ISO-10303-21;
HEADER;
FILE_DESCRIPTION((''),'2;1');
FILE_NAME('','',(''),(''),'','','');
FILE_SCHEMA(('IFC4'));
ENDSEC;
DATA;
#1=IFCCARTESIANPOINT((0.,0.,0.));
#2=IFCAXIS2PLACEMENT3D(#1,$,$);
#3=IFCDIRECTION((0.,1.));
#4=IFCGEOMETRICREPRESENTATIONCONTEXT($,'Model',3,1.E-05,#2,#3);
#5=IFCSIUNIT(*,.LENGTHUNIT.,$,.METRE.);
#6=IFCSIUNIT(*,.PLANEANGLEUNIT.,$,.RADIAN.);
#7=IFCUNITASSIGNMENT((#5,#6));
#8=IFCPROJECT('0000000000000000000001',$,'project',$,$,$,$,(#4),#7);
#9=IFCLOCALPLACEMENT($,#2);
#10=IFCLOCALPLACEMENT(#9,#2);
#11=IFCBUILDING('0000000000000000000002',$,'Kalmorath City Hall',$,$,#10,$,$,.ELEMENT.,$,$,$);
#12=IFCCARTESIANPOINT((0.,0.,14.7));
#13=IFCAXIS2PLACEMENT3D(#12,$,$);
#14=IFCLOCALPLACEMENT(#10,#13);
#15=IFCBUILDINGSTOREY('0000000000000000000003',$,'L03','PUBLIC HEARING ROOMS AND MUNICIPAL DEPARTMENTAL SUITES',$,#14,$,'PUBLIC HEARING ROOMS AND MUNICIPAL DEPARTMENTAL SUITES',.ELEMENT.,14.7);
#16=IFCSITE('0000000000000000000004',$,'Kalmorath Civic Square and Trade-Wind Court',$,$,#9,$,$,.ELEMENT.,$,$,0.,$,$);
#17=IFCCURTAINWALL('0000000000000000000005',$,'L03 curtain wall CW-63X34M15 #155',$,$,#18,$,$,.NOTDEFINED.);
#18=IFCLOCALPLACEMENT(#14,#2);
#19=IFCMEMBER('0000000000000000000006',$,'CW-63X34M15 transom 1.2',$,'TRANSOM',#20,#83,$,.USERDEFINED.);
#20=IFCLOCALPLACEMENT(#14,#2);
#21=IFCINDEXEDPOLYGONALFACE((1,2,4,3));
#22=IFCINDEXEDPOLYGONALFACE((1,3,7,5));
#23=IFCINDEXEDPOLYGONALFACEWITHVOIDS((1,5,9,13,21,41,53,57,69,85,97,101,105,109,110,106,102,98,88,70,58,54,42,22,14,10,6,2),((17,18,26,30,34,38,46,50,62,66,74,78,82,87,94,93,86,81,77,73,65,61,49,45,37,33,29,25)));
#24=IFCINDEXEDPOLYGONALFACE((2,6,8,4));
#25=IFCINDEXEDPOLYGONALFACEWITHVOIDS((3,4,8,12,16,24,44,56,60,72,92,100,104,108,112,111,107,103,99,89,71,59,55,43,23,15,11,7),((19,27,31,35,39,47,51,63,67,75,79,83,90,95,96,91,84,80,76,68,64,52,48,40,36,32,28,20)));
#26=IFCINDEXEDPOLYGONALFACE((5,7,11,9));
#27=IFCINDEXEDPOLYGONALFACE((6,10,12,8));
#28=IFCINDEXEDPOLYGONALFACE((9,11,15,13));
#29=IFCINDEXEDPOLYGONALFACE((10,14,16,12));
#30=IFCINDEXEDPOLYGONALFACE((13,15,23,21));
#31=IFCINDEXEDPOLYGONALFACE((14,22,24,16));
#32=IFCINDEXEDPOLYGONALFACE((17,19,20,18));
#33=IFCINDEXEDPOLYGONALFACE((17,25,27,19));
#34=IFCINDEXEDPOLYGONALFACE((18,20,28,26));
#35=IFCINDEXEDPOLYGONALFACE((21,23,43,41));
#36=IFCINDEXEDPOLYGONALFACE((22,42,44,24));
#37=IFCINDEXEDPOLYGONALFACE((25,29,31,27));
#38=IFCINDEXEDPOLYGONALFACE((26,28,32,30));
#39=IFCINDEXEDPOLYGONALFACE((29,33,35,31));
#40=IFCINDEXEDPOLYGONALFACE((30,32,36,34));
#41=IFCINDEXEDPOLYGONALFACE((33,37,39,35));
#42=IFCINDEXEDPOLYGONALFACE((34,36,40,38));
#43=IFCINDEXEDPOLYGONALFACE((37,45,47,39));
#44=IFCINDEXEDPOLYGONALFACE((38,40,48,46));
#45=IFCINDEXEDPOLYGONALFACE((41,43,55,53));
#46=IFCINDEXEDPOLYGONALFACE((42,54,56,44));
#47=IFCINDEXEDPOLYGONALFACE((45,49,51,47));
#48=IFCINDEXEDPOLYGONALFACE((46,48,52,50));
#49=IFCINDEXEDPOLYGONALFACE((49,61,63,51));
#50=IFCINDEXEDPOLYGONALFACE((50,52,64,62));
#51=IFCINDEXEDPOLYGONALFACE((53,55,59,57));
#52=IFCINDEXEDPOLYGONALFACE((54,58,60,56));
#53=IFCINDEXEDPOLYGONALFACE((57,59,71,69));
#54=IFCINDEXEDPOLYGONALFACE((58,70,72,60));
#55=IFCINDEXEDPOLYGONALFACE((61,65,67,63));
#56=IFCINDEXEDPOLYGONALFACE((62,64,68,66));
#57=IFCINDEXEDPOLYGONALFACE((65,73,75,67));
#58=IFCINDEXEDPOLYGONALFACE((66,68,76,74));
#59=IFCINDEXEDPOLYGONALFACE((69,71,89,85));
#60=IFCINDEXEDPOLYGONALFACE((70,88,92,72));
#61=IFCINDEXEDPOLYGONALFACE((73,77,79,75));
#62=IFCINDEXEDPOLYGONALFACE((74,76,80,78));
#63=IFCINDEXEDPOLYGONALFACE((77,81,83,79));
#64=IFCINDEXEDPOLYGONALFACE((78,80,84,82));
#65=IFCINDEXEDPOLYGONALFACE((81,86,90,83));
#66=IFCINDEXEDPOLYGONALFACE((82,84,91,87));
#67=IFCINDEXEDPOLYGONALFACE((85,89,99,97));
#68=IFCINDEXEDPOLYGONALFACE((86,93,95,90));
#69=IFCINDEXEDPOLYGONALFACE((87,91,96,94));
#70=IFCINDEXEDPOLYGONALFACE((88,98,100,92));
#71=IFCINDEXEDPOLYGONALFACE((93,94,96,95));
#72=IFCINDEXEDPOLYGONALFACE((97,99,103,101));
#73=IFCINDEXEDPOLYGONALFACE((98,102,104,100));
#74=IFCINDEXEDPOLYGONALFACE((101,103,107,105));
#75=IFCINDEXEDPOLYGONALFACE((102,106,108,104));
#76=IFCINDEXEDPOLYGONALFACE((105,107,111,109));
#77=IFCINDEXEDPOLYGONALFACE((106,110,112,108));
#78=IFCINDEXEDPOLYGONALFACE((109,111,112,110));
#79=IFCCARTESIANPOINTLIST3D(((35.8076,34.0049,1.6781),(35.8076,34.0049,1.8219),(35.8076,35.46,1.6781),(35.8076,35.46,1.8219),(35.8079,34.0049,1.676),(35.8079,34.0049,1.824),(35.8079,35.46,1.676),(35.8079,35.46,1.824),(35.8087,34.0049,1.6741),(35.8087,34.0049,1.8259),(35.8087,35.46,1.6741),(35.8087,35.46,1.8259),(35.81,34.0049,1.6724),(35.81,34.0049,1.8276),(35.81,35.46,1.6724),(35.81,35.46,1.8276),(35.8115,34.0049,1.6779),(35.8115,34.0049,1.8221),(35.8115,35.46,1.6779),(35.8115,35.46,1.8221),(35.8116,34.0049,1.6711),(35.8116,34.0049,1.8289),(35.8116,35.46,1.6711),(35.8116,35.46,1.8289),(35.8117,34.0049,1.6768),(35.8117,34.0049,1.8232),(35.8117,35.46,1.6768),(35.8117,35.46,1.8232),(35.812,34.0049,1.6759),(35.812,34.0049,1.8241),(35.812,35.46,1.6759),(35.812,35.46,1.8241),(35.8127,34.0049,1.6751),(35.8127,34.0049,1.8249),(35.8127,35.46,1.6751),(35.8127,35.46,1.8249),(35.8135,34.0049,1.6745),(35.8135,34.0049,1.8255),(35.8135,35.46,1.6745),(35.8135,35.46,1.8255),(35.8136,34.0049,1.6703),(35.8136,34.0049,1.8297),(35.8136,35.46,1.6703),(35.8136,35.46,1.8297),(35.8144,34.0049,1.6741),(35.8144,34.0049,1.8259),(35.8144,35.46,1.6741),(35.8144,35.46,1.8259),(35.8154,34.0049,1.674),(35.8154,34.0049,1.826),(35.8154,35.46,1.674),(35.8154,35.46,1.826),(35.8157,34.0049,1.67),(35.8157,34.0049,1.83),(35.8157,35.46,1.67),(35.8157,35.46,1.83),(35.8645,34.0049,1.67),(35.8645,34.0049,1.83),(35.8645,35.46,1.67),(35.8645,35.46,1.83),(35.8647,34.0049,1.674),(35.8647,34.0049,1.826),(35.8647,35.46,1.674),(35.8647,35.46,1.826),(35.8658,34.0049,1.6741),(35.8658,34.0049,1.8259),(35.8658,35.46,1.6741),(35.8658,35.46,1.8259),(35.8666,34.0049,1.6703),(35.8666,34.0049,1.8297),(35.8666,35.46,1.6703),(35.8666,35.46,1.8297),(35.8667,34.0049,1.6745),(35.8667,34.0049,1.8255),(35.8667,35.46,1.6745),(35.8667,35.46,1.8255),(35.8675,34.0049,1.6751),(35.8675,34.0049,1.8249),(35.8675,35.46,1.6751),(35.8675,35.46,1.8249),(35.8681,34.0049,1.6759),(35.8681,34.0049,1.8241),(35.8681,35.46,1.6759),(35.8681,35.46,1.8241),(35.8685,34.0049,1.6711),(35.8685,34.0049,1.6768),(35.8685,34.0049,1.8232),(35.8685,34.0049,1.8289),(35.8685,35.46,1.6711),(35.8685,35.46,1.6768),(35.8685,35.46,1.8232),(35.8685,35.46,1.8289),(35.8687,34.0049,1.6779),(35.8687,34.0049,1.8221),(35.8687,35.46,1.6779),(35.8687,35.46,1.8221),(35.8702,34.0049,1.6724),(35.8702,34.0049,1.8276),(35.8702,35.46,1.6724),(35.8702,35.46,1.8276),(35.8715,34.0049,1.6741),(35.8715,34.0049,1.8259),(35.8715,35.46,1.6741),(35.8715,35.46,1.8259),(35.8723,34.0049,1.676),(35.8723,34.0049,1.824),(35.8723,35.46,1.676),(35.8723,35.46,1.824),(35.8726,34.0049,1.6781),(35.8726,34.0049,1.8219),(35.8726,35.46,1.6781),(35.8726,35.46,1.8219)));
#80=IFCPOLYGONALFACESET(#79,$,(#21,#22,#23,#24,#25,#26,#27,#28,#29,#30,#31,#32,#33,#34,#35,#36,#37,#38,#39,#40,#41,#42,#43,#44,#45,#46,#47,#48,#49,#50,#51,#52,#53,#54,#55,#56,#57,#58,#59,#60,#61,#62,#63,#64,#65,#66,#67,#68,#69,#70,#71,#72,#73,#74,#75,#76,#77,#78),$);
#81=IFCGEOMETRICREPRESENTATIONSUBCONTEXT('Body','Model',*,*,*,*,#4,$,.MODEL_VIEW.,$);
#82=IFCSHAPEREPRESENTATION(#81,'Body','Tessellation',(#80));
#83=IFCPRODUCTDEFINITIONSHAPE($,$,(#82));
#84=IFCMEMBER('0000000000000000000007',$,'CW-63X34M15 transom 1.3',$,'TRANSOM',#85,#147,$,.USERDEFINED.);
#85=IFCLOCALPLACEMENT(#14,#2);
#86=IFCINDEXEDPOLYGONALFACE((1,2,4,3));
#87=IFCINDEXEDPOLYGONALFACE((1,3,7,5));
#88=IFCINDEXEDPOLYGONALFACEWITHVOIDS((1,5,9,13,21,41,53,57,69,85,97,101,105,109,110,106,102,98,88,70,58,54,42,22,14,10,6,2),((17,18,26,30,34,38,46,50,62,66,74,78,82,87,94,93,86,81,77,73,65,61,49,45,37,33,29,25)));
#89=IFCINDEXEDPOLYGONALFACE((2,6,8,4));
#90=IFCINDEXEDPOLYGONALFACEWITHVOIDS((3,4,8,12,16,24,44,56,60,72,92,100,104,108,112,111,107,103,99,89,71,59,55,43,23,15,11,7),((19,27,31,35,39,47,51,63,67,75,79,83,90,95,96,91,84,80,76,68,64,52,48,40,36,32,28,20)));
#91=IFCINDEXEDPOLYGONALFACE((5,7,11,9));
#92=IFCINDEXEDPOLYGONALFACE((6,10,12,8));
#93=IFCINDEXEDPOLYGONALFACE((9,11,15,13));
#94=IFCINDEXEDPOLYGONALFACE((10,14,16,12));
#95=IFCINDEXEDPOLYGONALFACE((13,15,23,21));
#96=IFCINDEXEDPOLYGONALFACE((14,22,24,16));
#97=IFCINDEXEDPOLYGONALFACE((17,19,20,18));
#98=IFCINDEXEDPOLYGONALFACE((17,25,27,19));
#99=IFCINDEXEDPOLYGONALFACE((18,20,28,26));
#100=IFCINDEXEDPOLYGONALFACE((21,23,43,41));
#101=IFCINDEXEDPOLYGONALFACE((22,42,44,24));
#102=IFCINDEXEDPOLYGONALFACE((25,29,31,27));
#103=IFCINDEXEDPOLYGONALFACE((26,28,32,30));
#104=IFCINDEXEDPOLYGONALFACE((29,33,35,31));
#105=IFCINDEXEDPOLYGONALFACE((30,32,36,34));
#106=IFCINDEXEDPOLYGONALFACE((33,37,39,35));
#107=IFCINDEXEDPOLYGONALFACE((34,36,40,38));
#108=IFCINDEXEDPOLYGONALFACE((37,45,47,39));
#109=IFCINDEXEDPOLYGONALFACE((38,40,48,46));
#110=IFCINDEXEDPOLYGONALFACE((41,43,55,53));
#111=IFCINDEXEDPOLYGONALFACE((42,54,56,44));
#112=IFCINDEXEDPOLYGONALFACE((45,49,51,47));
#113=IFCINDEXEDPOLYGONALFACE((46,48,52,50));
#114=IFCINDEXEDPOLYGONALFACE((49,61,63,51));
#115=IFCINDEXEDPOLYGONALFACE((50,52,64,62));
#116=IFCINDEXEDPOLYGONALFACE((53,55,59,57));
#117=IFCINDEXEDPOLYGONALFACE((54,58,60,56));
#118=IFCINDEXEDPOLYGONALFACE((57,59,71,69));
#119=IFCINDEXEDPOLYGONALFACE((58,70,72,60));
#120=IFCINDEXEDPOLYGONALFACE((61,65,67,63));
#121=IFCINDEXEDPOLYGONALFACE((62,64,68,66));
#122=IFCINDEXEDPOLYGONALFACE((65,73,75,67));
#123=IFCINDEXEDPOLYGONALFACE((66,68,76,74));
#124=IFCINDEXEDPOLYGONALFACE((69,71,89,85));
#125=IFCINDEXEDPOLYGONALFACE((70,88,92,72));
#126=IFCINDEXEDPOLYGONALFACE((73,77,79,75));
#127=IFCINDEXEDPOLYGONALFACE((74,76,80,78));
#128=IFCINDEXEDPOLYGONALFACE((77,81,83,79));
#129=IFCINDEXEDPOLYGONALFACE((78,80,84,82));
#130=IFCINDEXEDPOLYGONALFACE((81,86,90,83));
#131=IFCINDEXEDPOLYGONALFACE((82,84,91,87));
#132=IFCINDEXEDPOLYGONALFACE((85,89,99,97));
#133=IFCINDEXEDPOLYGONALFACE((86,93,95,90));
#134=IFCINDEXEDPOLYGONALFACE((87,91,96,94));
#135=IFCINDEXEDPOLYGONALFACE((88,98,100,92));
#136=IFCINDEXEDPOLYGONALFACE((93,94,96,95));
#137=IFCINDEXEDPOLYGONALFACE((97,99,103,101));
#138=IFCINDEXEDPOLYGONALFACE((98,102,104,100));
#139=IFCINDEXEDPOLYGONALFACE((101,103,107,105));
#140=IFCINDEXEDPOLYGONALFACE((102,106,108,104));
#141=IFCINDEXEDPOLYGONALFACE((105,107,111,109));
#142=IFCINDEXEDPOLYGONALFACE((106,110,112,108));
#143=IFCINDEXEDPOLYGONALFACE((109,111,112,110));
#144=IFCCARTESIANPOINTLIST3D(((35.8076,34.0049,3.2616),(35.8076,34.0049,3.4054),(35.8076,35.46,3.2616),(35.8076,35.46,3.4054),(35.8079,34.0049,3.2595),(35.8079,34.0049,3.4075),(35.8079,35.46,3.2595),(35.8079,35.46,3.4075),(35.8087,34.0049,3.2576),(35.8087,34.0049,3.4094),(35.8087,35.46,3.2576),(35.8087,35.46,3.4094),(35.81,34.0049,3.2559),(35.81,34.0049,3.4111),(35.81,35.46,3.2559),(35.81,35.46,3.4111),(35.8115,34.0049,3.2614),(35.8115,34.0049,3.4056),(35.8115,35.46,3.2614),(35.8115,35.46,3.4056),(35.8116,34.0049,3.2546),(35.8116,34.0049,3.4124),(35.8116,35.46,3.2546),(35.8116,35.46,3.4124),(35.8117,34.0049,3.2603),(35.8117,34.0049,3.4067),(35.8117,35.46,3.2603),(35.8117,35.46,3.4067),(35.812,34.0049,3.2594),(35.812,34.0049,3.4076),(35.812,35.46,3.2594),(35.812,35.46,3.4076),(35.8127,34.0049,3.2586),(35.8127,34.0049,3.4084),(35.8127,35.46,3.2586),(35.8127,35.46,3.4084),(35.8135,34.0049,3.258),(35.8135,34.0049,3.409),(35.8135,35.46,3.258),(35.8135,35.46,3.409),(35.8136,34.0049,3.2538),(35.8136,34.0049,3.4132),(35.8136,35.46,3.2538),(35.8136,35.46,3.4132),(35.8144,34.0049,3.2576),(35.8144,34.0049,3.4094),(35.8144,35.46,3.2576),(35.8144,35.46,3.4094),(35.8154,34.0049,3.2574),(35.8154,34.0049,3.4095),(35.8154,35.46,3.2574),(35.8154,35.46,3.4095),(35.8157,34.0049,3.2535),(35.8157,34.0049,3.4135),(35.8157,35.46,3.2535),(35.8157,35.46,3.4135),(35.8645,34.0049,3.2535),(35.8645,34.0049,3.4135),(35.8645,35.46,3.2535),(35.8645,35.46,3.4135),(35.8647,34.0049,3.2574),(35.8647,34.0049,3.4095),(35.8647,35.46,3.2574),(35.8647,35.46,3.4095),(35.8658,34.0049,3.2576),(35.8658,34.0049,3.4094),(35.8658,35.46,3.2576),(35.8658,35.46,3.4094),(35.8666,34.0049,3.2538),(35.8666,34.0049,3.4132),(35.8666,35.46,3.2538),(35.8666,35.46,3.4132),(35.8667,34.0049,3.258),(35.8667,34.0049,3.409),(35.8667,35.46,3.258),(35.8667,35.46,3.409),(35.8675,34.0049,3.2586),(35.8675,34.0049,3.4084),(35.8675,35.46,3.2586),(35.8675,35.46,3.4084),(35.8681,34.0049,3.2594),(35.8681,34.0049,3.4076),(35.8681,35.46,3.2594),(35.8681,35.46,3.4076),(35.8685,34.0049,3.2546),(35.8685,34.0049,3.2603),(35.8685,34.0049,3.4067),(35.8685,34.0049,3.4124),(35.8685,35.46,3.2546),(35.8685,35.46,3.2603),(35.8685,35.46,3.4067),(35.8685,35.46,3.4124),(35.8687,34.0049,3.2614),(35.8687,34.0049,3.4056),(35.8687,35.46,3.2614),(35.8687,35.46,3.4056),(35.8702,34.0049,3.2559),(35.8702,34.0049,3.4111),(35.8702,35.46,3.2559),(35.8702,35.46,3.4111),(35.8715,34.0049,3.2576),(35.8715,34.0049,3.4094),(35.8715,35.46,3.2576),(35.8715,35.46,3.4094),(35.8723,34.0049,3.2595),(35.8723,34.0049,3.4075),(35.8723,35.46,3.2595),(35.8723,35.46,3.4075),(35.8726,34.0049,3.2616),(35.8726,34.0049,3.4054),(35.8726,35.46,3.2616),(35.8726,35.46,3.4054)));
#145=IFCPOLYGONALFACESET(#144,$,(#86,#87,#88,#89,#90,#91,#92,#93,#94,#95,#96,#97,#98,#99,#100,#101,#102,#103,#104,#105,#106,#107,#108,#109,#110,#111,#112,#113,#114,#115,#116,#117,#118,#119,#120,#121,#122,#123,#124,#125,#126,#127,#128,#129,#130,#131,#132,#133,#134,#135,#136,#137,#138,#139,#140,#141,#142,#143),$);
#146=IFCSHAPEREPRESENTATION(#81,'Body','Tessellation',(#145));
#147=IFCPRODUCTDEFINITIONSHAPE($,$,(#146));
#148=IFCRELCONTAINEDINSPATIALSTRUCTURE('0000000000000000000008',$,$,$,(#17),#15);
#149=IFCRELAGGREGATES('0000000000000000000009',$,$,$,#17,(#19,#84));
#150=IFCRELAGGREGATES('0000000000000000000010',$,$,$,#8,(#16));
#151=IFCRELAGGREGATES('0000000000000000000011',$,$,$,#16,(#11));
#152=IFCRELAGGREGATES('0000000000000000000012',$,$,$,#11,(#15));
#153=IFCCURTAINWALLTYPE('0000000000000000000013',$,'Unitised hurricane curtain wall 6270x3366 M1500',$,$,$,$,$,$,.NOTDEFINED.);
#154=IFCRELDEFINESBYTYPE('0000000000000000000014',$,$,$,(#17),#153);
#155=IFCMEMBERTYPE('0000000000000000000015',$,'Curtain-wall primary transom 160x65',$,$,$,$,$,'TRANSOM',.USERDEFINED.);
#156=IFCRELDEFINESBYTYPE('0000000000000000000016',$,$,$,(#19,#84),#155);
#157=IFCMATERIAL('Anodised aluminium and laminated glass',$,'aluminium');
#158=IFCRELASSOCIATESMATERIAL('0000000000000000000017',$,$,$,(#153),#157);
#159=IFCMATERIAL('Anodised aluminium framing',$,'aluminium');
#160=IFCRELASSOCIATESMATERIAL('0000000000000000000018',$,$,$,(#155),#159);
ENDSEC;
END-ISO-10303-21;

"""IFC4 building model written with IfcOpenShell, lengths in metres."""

from ifc_helpers import new_model, si_unit, direction, frame, origin, origin_2d, place, context, subcontext, project, spatial, hollow_rectangle, extrude, material, material_profile, profile_set, type_object, element, aggregate, save


model = new_model("IFC4")

# Units and contexts
model_context = context("Model", 3, precision=1e-05, world=origin(), true_north=direction((0.0, 1.0)))
body_context = subcontext(model_context, "Body", "Model", "MODEL_VIEW")
ifc_project = project(units=[si_unit("LENGTHUNIT", "METRE"), si_unit("PLANEANGLEUNIT", "RADIAN")], contexts=[model_context])

# Site, building, storey
site_placement = place(None, origin())
site = spatial("IfcSite", under=ifc_project, at=site_placement, Name="Kalmorath Civic Square and Trade-Wind Court", CompositionType="ELEMENT", RefElevation=0.0)
building_placement = place(site_placement, origin())
building = spatial("IfcBuilding", under=site, at=building_placement, Name="Kalmorath City Hall", CompositionType="ELEMENT")
storey_placement = place(building_placement, frame((0.0, 0.0, 14.7)))
storey = spatial("IfcBuildingStorey", under=building, at=storey_placement, Name="L03", Description="PUBLIC HEARING ROOMS AND MUNICIPAL DEPARTMENTAL SUITES", LongName="PUBLIC HEARING ROOMS AND MUNICIPAL DEPARTMENTAL SUITES", CompositionType="ELEMENT", Elevation=14.7)

# Curtain wall, members
ifc_material_1 = material(Name="Anodised aluminium and laminated glass", Category="aluminium")
curtain_wall_type = type_object("IfcCurtainWallType", Name="Unitised hurricane curtain wall 6270x3366 M1500", PredefinedType="NOTDEFINED", material=ifc_material_1)
curtain_wall_placement = place(storey_placement, origin())
curtain_wall = element("IfcCurtainWall", 1, at=curtain_wall_placement, inside=storey, type_object=curtain_wall_type, Name="L03 curtain wall CW-63X34M15 #155", PredefinedType="NOTDEFINED")
ifc_material_2 = material(Name="Anodised aluminium framing", Category="aluminium")
ifc_material_profile_1 = material_profile(ifc_material_2, hollow_rectangle(XDim=0.0649, YDim=0.1599, WallThickness=0.0039, InnerFilletRadius=0.0039, OuterFilletRadius=0.0081, at=origin_2d()), Name="ALU-TRN-160X65X4")
ifc_profile_set_1 = profile_set([ifc_material_profile_1], Name="Anodised aluminium framing")
member_type_1 = type_object("IfcMemberType", Name="Curtain-wall primary transom 160x65", ElementType="TRANSOM", PredefinedType="USERDEFINED", material=ifc_profile_set_1)
member_1_placement = place(storey_placement, frame((35.8401, 35.46, 1.75), z_axis=(0.0, -1.0, 0.0), x_axis=(1.0, 0.0, 0.0)))
member_1 = element("IfcMember", 2, at=member_1_placement, type_object=member_type_1, Name="CW-63X34M15 transom 1.2", ObjectType="TRANSOM", PredefinedType="USERDEFINED", context=body_context, shape_type="SweptSolid", body=[
    extrude(hollow_rectangle(XDim=0.0649, YDim=0.1599, WallThickness=0.0039, InnerFilletRadius=0.0039, OuterFilletRadius=0.0081, at=origin_2d()), origin(), (0.0, 0.0, 1.0), 1.4551),
])
member_2_placement = place(storey_placement, frame((35.8401, 35.46, 3.3335), z_axis=(0.0, -1.0, 0.0), x_axis=(1.0, 0.0, 0.0)))
member_2 = element("IfcMember", 3, at=member_2_placement, type_object=member_type_1, Name="CW-63X34M15 transom 1.3", ObjectType="TRANSOM", PredefinedType="USERDEFINED", context=body_context, shape_type="SweptSolid", body=[
    extrude(hollow_rectangle(XDim=0.0649, YDim=0.1599, WallThickness=0.0039, InnerFilletRadius=0.0039, OuterFilletRadius=0.0081, at=origin_2d()), origin(), (0.0, 0.0, 1.0), 1.4551),
])
aggregate(curtain_wall, [member_1, member_2])

save(model, "model.ifc")
